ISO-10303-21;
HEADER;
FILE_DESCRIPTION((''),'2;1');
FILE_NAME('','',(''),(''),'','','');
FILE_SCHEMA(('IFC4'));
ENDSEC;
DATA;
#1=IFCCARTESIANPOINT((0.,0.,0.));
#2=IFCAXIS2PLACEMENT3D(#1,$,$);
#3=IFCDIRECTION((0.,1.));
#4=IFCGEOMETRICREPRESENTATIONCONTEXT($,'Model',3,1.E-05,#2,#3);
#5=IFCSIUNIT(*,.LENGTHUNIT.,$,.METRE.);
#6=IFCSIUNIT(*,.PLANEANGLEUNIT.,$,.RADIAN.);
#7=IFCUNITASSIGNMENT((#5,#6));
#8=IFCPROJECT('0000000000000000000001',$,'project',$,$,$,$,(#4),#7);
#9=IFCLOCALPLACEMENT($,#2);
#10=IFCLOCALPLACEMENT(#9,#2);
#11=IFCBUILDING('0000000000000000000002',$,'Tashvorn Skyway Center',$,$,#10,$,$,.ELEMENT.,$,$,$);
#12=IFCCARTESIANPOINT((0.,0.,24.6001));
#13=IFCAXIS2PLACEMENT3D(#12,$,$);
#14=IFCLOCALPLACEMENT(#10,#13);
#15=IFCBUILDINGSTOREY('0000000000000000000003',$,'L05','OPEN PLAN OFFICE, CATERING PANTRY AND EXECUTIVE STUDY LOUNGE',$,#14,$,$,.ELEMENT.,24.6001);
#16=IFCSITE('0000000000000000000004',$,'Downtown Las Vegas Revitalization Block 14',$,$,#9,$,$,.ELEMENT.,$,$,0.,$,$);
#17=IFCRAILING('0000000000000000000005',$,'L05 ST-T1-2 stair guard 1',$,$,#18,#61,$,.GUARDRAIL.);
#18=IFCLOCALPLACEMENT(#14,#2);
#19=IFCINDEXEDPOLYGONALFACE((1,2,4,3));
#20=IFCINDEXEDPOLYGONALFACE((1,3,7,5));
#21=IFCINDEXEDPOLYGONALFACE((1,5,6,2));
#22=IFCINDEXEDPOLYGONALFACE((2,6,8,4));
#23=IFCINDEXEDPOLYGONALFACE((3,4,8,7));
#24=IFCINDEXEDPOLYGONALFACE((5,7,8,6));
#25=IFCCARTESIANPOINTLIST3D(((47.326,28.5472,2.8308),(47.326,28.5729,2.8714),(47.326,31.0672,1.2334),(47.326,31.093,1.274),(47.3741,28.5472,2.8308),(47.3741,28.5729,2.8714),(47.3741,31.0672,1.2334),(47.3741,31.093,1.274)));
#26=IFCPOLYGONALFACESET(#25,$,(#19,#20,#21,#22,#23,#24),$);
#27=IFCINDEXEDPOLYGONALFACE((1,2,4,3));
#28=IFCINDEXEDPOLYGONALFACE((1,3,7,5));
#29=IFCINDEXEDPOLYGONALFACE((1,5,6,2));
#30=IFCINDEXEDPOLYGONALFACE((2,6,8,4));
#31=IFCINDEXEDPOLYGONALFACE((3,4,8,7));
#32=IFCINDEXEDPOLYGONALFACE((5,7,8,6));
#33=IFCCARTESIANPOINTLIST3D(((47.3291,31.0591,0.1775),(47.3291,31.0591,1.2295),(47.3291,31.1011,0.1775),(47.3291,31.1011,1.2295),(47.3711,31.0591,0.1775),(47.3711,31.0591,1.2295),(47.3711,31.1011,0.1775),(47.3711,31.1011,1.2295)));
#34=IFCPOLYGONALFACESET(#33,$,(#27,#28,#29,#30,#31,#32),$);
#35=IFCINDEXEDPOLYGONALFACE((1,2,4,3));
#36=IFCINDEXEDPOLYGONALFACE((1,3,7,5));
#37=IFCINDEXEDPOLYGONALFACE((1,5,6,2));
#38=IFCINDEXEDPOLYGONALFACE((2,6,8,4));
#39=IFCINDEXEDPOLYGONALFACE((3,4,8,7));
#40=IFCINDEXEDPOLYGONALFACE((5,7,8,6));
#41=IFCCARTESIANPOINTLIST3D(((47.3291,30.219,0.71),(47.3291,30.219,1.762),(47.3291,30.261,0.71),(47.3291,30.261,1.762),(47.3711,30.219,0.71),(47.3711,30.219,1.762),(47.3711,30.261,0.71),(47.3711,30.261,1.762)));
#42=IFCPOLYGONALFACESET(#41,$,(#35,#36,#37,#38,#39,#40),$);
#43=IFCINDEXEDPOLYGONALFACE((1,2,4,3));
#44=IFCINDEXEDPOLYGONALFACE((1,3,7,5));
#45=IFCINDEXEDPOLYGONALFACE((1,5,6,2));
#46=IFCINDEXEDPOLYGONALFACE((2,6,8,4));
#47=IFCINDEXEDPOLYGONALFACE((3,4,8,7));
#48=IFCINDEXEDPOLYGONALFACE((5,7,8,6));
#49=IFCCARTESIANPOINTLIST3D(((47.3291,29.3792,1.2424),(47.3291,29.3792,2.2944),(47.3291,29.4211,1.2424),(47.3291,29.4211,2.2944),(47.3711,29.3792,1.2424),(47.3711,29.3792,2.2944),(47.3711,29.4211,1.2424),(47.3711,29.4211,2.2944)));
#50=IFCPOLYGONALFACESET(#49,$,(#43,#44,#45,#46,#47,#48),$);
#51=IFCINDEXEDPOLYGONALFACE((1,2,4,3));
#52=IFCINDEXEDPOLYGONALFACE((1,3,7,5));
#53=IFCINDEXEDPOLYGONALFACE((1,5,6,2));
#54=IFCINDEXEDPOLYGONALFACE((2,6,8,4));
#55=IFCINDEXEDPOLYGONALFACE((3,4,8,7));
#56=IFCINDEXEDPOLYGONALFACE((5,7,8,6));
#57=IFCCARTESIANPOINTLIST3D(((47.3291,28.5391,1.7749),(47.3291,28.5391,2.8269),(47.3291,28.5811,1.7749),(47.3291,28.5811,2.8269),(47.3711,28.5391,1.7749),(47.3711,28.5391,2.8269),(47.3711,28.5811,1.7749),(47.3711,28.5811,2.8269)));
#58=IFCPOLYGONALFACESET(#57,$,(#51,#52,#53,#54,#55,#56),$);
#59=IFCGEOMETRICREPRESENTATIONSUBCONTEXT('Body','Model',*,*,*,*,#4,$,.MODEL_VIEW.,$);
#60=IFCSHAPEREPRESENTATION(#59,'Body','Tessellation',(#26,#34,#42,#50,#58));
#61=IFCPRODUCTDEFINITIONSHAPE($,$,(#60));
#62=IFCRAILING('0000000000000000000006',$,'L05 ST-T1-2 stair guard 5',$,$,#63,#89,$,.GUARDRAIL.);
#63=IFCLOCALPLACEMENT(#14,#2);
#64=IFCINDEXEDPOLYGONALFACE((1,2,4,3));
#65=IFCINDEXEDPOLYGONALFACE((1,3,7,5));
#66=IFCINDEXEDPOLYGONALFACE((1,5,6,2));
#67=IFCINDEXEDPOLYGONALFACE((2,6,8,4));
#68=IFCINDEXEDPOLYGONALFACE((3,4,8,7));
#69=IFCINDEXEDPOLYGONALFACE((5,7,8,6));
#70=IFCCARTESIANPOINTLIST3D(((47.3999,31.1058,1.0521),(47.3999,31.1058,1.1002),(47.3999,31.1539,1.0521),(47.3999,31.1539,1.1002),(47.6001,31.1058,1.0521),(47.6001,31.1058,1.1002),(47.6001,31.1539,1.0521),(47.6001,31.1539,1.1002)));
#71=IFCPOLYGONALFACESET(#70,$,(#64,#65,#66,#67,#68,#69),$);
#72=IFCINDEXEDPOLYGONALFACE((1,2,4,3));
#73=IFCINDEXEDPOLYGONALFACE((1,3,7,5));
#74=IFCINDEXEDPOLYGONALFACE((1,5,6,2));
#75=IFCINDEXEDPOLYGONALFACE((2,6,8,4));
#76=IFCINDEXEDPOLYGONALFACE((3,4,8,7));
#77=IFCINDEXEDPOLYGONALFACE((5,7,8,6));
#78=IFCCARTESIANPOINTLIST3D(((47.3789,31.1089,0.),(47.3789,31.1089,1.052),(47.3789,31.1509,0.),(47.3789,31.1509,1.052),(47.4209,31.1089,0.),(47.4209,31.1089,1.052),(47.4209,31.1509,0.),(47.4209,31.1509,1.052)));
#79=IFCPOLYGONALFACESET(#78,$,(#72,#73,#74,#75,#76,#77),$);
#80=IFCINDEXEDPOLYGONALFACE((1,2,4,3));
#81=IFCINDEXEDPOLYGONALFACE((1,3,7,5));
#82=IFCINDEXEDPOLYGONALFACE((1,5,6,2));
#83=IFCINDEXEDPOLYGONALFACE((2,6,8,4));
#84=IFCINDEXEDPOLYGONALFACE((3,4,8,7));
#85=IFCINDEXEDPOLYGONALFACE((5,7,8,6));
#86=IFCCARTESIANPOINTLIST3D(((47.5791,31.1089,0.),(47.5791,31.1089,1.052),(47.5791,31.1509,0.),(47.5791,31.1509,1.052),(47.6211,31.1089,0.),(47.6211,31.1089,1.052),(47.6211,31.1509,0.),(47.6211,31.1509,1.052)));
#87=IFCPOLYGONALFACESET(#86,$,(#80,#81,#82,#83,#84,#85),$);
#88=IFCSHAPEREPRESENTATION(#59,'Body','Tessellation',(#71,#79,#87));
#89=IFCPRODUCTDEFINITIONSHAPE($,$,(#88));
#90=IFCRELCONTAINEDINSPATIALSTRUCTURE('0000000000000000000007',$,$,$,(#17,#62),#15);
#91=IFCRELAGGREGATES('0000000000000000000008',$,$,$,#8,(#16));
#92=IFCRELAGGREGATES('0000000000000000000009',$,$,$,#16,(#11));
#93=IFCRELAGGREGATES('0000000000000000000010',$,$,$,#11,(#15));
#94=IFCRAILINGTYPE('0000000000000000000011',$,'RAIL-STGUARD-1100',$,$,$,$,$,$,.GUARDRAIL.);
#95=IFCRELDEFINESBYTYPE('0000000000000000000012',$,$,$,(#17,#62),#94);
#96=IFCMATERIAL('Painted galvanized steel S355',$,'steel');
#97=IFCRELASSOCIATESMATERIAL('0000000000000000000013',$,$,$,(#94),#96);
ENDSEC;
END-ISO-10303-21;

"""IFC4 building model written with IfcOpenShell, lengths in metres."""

from ifc_helpers import new_model, si_unit, direction, frame, origin, origin_2d, place, context, subcontext, project, spatial, rectangle, extrude, material, type_object, element, save


model = new_model("IFC4")

# Units and contexts
model_context = context("Model", 3, precision=1e-05, world=origin(), true_north=direction((0.0, 1.0)))
body_context = subcontext(model_context, "Body", "Model", "MODEL_VIEW")
ifc_project = project(units=[si_unit("LENGTHUNIT", "METRE"), si_unit("PLANEANGLEUNIT", "RADIAN")], contexts=[model_context])

# Site, building, storey
site_placement = place(None, origin())
site = spatial("IfcSite", under=ifc_project, at=site_placement, Name="Downtown Las Vegas Revitalization Block 14", CompositionType="ELEMENT", RefElevation=0.0)
building_placement = place(site_placement, origin())
building = spatial("IfcBuilding", under=site, at=building_placement, Name="Tashvorn Skyway Center", CompositionType="ELEMENT")
storey_placement = place(building_placement, frame((0.0, 0.0, 24.6001)))
storey = spatial("IfcBuildingStorey", under=building, at=storey_placement, Name="L05", Description="OPEN PLAN OFFICE, CATERING PANTRY AND EXECUTIVE STUDY LOUNGE", CompositionType="ELEMENT", Elevation=24.6001)

# Railings
ifc_material_1 = material(Name="Painted galvanized steel S355", Category="steel")
railing_type_1 = type_object("IfcRailingType", Name="RAIL-STGUARD-1100", PredefinedType="GUARDRAIL", material=ifc_material_1)
railing_1_placement = place(storey_placement, frame((47.3501, 31.0801, 0.1775)))
element("IfcRailing", 1, at=railing_1_placement, inside=storey, type_object=railing_type_1, Name="L05 ST-T1-2 stair guard 1", PredefinedType="GUARDRAIL", context=body_context, shape_type="SweptSolid", body=[
    extrude(rectangle(XDim=0.0481, YDim=0.0481, at=origin_2d()), frame((0.0, 0.0, 1.0762), z_axis=(0.0, -0.844607, 0.535387), x_axis=(1.0, 0.0, 0.0)), (0.0, 0.0, 1.0), 2.9836),
    extrude(rectangle(XDim=0.042, YDim=0.042, at=origin_2d()), origin(), (0.0, 0.0, 1.0), 1.052),
    extrude(rectangle(XDim=0.042, YDim=0.042, at=origin_2d()), frame((0.0, -0.8401, 0.5325)), (0.0, 0.0, 1.0), 1.052),
    extrude(rectangle(XDim=0.042, YDim=0.042, at=origin_2d()), frame((0.0, -1.6799, 1.0649)), (0.0, 0.0, 1.0), 1.052),
    extrude(rectangle(XDim=0.042, YDim=0.042, at=origin_2d()), frame((0.0, -2.52, 1.5974)), (0.0, 0.0, 1.0), 1.052),
])
railing_2_placement = place(storey_placement, frame((47.3999, 31.1299, 0.0)))
element("IfcRailing", 2, at=railing_2_placement, inside=storey, type_object=railing_type_1, Name="L05 ST-T1-2 stair guard 5", PredefinedType="GUARDRAIL", context=body_context, shape_type="SweptSolid", body=[
    extrude(rectangle(XDim=0.0481, YDim=0.0481, at=origin_2d()), frame((0.0, 0.0, 1.0762), z_axis=(1.0, 0.0, 0.0), x_axis=(0.0, 1.0, 0.0)), (0.0, 0.0, 1.0), 0.2002),
    extrude(rectangle(XDim=0.042, YDim=0.042, at=origin_2d()), origin(), (0.0, 0.0, 1.0), 1.052),
    extrude(rectangle(XDim=0.042, YDim=0.042, at=origin_2d()), frame((0.2002, 0.0, 0.0)), (0.0, 0.0, 1.0), 1.052),
])

save(model, "model.ifc")
